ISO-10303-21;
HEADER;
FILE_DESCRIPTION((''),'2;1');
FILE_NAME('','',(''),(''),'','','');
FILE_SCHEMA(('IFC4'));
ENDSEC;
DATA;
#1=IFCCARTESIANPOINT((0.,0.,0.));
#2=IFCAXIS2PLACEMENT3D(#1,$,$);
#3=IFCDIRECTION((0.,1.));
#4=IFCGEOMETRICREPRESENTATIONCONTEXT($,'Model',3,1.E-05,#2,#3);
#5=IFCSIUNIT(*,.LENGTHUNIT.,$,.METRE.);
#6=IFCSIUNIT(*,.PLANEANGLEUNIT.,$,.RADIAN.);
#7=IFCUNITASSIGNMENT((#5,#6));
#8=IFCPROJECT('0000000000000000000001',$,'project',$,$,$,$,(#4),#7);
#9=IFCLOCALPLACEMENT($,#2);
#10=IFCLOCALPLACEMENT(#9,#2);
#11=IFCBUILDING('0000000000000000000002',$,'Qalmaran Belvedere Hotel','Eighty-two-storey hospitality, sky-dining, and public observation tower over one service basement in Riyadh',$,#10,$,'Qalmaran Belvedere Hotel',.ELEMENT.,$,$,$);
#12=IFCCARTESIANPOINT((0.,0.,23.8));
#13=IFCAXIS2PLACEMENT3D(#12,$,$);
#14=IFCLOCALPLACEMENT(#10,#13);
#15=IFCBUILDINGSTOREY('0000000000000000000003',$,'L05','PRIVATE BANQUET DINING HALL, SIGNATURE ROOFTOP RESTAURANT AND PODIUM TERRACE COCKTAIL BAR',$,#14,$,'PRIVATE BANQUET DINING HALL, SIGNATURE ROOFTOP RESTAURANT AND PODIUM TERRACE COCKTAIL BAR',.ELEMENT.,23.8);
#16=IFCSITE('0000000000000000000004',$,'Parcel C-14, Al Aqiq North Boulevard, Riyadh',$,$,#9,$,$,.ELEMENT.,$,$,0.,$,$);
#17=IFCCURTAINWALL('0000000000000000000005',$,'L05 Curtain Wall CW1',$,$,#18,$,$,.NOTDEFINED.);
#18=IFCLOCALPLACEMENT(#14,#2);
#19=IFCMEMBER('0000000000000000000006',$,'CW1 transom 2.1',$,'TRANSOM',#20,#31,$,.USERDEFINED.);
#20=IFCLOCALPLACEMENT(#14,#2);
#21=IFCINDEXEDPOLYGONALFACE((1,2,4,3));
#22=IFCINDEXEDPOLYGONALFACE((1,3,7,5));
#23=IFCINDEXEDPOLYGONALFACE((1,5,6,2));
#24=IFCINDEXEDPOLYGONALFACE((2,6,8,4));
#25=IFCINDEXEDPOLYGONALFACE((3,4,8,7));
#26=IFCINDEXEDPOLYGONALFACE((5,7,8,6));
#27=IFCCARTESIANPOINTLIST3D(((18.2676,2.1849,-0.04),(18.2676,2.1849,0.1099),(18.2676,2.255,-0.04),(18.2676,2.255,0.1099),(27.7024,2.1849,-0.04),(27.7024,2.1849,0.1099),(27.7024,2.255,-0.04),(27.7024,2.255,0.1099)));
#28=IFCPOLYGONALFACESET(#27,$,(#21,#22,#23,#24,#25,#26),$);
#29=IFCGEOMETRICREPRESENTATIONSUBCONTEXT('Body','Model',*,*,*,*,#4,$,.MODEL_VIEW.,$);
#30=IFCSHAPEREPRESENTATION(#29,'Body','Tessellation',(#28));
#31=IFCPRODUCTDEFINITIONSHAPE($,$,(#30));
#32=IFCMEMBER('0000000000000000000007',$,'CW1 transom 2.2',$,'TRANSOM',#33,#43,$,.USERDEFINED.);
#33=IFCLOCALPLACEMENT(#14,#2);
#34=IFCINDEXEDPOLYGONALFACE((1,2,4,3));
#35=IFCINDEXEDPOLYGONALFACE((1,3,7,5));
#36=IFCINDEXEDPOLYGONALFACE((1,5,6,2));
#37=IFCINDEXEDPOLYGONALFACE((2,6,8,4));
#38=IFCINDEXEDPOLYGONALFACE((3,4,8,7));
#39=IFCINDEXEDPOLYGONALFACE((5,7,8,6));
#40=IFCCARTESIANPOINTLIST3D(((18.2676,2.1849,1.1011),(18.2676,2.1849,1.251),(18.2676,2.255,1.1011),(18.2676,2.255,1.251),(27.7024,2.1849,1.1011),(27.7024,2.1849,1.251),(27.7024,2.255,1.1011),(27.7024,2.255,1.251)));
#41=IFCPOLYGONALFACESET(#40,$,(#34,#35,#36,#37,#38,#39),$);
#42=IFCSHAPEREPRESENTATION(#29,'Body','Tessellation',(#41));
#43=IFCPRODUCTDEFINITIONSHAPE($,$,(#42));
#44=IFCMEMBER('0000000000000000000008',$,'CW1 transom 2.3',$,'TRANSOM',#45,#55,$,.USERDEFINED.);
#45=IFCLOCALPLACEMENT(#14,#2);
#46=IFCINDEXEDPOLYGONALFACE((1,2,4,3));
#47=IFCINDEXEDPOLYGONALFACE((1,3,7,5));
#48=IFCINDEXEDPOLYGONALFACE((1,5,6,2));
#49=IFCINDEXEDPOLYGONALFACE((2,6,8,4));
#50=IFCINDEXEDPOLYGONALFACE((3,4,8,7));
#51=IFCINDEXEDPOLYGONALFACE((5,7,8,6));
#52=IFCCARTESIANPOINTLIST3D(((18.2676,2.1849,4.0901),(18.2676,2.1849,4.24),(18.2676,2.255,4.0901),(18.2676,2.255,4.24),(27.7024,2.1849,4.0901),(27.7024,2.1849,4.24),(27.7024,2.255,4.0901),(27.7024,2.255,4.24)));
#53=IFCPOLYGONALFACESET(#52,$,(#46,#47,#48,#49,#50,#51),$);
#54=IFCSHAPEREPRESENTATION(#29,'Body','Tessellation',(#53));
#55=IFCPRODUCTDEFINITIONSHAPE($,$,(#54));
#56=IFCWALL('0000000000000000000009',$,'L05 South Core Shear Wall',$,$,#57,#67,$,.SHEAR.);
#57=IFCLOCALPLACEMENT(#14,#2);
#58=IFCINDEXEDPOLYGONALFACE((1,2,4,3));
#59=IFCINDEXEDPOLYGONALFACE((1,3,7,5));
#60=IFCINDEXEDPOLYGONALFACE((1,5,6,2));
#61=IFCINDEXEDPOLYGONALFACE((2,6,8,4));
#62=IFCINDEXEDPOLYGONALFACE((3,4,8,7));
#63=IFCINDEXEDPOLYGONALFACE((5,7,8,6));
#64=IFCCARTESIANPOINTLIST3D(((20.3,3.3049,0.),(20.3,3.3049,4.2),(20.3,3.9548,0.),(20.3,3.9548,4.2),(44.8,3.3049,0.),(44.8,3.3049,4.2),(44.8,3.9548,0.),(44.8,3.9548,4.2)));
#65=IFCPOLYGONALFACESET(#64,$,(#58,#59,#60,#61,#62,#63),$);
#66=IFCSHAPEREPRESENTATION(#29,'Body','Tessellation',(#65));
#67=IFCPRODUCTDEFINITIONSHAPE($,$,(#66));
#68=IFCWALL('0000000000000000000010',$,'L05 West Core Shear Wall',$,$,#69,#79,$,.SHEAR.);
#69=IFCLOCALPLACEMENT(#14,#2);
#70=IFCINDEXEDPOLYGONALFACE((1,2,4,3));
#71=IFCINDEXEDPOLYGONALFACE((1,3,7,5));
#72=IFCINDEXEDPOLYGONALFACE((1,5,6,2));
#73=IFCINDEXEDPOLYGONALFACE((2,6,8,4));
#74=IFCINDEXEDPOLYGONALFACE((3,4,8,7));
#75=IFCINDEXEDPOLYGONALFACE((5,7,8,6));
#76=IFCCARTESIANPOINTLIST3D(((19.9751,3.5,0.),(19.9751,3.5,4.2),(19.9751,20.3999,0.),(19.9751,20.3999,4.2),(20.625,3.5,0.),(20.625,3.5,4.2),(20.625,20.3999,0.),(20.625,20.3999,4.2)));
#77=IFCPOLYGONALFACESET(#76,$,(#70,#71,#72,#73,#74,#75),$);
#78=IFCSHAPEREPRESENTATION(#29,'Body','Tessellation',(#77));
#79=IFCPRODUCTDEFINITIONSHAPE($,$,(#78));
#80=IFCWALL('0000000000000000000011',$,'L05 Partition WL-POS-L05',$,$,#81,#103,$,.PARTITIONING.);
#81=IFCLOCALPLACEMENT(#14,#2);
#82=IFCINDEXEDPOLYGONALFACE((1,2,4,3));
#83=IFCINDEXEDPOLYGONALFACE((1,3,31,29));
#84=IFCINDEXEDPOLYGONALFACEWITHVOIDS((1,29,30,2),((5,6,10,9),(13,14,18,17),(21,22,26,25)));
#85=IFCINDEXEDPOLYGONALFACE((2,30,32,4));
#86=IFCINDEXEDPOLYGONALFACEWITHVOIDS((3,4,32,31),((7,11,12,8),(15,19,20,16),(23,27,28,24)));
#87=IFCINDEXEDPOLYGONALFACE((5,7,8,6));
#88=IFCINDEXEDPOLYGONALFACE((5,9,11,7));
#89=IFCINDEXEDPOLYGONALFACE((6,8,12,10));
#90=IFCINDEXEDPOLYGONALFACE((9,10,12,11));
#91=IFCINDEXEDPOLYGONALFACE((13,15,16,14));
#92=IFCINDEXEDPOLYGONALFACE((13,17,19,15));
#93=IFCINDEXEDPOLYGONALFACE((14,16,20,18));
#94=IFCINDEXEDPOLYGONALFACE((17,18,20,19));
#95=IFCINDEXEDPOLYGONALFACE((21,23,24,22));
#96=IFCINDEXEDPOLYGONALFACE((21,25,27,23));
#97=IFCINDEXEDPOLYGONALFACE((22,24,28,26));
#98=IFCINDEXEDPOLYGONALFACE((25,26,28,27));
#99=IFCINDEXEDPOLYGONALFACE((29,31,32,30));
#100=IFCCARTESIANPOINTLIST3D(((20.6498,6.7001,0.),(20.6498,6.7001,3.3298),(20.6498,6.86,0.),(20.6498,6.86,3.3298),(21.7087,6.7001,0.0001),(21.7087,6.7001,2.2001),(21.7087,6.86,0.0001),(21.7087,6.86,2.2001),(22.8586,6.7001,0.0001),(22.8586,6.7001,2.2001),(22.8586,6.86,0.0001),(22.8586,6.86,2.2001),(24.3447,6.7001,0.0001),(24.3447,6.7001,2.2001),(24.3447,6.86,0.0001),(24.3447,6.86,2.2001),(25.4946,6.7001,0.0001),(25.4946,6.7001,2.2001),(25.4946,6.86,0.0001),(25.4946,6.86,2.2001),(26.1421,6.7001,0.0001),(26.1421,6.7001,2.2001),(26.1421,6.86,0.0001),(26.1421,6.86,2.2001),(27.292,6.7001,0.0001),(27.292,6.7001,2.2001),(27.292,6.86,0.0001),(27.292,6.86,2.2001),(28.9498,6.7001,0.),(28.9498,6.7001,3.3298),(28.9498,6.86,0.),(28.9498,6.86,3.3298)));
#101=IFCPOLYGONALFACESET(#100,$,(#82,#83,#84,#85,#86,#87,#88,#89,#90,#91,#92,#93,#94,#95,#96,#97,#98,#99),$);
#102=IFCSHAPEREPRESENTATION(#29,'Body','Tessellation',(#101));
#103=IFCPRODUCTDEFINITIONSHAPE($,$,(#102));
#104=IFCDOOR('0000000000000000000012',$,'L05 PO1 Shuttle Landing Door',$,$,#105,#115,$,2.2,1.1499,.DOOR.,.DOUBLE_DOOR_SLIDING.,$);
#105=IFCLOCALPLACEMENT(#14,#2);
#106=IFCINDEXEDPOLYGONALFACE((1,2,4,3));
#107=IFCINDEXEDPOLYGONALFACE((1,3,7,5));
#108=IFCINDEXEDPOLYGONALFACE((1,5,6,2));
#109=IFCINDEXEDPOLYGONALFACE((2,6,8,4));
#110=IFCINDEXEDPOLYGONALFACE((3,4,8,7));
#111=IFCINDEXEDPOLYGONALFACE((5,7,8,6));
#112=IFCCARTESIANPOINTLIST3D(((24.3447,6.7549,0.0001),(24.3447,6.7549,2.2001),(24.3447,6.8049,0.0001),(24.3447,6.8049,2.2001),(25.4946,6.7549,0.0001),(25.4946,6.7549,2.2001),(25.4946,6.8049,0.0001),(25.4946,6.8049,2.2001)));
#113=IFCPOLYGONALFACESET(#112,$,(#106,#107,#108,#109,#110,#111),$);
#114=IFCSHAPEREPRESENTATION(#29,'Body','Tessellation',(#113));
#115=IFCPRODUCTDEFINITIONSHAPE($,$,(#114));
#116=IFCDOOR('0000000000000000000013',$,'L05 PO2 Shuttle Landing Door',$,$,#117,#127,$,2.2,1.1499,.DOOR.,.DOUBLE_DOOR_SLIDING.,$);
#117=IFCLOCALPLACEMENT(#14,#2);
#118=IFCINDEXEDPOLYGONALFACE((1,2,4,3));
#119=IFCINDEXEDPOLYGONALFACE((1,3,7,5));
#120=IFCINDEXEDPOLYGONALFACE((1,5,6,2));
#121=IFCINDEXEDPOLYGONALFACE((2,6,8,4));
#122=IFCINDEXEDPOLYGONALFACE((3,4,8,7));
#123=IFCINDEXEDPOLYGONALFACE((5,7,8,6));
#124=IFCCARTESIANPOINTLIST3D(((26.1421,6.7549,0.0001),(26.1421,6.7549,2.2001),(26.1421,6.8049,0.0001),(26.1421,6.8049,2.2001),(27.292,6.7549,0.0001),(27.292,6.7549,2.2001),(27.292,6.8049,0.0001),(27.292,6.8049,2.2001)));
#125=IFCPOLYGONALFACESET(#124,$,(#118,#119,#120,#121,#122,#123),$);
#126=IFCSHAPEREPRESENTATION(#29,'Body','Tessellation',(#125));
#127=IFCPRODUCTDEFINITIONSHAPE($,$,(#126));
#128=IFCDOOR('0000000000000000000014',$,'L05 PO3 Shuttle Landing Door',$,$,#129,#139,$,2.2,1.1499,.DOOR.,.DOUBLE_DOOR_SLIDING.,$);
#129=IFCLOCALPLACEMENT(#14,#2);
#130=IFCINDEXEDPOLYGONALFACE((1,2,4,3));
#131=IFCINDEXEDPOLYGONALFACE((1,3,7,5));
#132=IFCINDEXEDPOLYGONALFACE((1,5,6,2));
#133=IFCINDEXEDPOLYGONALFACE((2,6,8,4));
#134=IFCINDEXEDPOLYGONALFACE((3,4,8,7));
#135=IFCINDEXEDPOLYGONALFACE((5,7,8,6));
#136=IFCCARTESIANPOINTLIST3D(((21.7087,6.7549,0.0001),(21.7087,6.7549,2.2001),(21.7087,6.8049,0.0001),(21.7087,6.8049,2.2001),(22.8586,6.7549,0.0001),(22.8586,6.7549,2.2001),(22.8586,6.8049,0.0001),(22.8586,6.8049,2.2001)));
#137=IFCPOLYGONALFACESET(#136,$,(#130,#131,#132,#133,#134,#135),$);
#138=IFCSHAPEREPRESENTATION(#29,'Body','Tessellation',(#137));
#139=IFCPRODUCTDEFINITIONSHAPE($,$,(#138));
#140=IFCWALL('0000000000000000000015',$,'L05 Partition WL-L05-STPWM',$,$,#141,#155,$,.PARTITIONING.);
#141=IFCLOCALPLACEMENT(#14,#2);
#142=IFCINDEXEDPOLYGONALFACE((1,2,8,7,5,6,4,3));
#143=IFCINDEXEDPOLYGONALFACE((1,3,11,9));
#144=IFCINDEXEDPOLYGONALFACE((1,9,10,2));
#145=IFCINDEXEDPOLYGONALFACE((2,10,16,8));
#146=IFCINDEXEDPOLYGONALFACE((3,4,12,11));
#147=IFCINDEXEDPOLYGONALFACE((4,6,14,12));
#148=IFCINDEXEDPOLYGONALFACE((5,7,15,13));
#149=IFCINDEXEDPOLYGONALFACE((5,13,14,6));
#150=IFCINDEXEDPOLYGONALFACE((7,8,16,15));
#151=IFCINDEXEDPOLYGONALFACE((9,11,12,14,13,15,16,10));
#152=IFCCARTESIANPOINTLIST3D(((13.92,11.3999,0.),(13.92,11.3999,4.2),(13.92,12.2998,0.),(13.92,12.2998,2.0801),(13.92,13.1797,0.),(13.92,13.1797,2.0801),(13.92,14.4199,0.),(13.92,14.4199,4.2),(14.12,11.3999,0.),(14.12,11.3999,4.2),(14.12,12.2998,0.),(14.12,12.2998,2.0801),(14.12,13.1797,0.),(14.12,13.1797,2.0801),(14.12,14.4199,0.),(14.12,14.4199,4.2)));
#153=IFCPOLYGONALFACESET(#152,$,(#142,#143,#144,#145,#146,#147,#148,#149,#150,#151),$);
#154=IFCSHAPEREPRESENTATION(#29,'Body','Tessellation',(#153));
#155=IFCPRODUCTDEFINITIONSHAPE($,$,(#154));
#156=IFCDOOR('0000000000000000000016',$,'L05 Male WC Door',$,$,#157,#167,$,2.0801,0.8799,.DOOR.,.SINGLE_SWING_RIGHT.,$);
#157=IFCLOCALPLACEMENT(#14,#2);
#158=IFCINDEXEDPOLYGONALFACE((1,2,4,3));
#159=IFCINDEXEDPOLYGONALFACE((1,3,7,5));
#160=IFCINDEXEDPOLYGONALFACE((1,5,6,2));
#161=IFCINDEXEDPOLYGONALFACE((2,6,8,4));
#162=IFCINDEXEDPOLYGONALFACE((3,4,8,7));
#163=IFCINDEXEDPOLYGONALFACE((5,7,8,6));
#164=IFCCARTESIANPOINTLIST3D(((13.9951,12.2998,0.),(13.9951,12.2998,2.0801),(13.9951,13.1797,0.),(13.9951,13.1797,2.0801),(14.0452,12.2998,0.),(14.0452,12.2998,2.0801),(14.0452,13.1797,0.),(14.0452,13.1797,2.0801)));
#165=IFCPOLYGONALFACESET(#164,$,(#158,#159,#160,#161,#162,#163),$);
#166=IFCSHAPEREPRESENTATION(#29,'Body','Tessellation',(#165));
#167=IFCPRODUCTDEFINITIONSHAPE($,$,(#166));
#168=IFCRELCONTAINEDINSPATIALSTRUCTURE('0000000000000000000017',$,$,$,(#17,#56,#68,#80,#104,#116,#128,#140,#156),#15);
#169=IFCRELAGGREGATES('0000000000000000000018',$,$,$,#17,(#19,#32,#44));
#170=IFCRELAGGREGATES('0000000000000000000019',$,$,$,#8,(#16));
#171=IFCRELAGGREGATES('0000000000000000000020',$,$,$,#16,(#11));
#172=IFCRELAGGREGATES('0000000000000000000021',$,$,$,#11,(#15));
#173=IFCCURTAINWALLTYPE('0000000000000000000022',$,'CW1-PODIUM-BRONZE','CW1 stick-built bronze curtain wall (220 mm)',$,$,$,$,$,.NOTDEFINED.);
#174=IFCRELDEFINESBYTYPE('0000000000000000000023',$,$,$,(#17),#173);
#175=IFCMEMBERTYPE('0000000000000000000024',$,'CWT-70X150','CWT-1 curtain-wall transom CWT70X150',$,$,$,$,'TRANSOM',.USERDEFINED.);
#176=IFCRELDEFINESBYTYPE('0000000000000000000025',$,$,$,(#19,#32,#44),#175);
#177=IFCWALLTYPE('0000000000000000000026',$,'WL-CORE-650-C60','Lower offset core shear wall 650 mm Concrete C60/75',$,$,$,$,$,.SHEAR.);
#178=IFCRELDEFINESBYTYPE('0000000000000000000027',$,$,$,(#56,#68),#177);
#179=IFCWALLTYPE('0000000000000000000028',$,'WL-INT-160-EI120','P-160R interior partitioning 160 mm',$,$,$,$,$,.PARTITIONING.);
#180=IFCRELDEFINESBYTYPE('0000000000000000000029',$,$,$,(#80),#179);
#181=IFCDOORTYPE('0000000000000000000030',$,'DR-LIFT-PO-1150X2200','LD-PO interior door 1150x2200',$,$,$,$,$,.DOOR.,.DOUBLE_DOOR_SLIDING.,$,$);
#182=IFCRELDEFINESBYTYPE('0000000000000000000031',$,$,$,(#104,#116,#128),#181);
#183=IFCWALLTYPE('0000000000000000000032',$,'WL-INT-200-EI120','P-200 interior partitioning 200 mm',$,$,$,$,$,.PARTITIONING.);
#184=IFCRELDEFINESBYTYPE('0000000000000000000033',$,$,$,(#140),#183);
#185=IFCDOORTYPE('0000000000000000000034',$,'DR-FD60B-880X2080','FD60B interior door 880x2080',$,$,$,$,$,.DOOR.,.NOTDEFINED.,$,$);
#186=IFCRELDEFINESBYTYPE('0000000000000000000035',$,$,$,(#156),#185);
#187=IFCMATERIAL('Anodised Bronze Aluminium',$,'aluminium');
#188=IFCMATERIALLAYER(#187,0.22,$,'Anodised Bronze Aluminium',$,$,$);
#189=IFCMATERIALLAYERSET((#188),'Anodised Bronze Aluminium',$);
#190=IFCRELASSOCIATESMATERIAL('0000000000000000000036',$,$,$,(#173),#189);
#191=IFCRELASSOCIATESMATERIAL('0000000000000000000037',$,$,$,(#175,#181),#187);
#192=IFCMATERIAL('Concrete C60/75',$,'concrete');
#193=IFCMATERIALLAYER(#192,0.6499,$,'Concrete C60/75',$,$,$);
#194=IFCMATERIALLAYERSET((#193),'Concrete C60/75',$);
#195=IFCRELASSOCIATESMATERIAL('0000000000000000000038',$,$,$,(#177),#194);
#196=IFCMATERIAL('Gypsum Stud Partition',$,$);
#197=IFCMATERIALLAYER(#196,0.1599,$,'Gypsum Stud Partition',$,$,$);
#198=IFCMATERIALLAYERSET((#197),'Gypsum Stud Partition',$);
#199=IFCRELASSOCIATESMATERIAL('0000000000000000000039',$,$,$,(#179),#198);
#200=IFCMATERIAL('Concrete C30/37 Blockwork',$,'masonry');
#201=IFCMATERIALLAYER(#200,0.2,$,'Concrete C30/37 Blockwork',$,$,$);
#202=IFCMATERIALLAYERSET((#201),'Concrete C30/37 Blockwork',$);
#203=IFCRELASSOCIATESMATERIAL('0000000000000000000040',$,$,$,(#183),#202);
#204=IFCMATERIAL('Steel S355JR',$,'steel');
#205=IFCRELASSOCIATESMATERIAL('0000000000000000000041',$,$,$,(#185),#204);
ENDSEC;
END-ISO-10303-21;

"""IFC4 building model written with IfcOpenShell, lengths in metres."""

from ifc_helpers import new_model, si_unit, direction, frame, frame_2d, origin, origin_2d, place, context, subcontext, project, spatial, rectangle, extrude, material, layer, layer_set, material_profile, profile_set, type_object, element, fill, aggregate, save


model = new_model("IFC4")

# Units and contexts
model_context = context("Model", 3, precision=1e-05, world=origin(), true_north=direction((0.0, 1.0)))
body_context = subcontext(model_context, "Body", "Model", "MODEL_VIEW")
ifc_project = project(units=[si_unit("LENGTHUNIT", "METRE"), si_unit("PLANEANGLEUNIT", "RADIAN")], contexts=[model_context])

# Site, building, storey
site_placement = place(None, origin())
site = spatial("IfcSite", under=ifc_project, at=site_placement, Name="Parcel C-14, Al Aqiq North Boulevard, Riyadh", CompositionType="ELEMENT", RefElevation=0.0)
building_placement = place(site_placement, origin())
building = spatial("IfcBuilding", under=site, at=building_placement, Name="Qalmaran Belvedere Hotel", Description="Eighty-two-storey hospitality, sky-dining, and public observation tower over one service basement in Riyadh", LongName="Qalmaran Belvedere Hotel", CompositionType="ELEMENT")
storey_placement = place(building_placement, frame((0.0, 0.0, 23.8)))
storey = spatial("IfcBuildingStorey", under=building, at=storey_placement, Name="L05", Description="PRIVATE BANQUET DINING HALL, SIGNATURE ROOFTOP RESTAURANT AND PODIUM TERRACE COCKTAIL BAR", LongName="PRIVATE BANQUET DINING HALL, SIGNATURE ROOFTOP RESTAURANT AND PODIUM TERRACE COCKTAIL BAR", CompositionType="ELEMENT", Elevation=23.8)

# Shared definitions
ifc_material_1 = material(Name="Concrete C60/75", Category="concrete")

# Shared definitions
ifc_material_2 = material(Name="Steel S355JR", Category="steel")

# Curtain wall, members
ifc_material_3 = material(Name="Anodised Bronze Aluminium", Category="aluminium")
ifc_layer_1 = layer(ifc_material_3, 0.22, Name="Anodised Bronze Aluminium")
ifc_layer_set_1 = layer_set([ifc_layer_1], Name="Anodised Bronze Aluminium")
curtain_wall_type = type_object("IfcCurtainWallType", Name="CW1-PODIUM-BRONZE", Description="CW1 stick-built bronze curtain wall (220 mm)", PredefinedType="NOTDEFINED", material=ifc_layer_set_1)
curtain_wall_placement = place(storey_placement, origin())
curtain_wall = element("IfcCurtainWall", 1, at=curtain_wall_placement, inside=storey, type_object=curtain_wall_type, Name="L05 Curtain Wall CW1", PredefinedType="NOTDEFINED")
ifc_material_profile_1 = material_profile(ifc_material_3, rectangle(XDim=0.0701, YDim=0.1499, at=origin_2d()), Name="CWT70X150")
ifc_profile_set_1 = profile_set([ifc_material_profile_1], Name="Anodised Bronze Aluminium")
member_type_1 = type_object("IfcMemberType", Name="CWT-70X150", Description="CWT-1 curtain-wall transom CWT70X150", ElementType="TRANSOM", PredefinedType="USERDEFINED", material=ifc_profile_set_1)
member_1_placement = place(storey_placement, frame((18.2676, 2.22, 0.0349), z_axis=(1.0, 0.0, 0.0), x_axis=(0.0, 1.0, 0.0)))
member_1 = element("IfcMember", 2, at=member_1_placement, type_object=member_type_1, Name="CW1 transom 2.1", ObjectType="TRANSOM", PredefinedType="USERDEFINED", context=body_context, shape_type="SweptSolid", body=[
    extrude(rectangle(XDim=0.0701, YDim=0.1499, at=origin_2d()), origin(), (0.0, 0.0, 1.0), 9.4348),
])
member_2_placement = place(storey_placement, frame((18.2676, 2.22, 1.176), z_axis=(1.0, 0.0, 0.0), x_axis=(0.0, 1.0, 0.0)))
member_2 = element("IfcMember", 3, at=member_2_placement, type_object=member_type_1, Name="CW1 transom 2.2", ObjectType="TRANSOM", PredefinedType="USERDEFINED", context=body_context, shape_type="SweptSolid", body=[
    extrude(rectangle(XDim=0.0701, YDim=0.1499, at=origin_2d()), origin(), (0.0, 0.0, 1.0), 9.4348),
])
member_3_placement = place(storey_placement, frame((18.2676, 2.22, 4.165), z_axis=(1.0, 0.0, 0.0), x_axis=(0.0, 1.0, 0.0)))
member_3 = element("IfcMember", 4, at=member_3_placement, type_object=member_type_1, Name="CW1 transom 2.3", ObjectType="TRANSOM", PredefinedType="USERDEFINED", context=body_context, shape_type="SweptSolid", body=[
    extrude(rectangle(XDim=0.0701, YDim=0.1499, at=origin_2d()), origin(), (0.0, 0.0, 1.0), 9.4348),
])
aggregate(curtain_wall, [member_1, member_2, member_3])

# Walls
ifc_layer_2 = layer(ifc_material_1, 0.6499, Name="Concrete C60/75")
ifc_layer_set_2 = layer_set([ifc_layer_2], Name="Concrete C60/75")
wall_type_1 = type_object("IfcWallType", Name="WL-CORE-650-C60", Description="Lower offset core shear wall 650 mm Concrete C60/75", PredefinedType="SHEAR", material=ifc_layer_set_2)
wall_1_placement = place(storey_placement, frame((20.3, 3.6299, 0.0), z_axis=(0.0, 0.0, 1.0), x_axis=(1.0, 0.0, 0.0)))
element("IfcWall", 5, at=wall_1_placement, inside=storey, type_object=wall_type_1, Name="L05 South Core Shear Wall", PredefinedType="SHEAR", context=body_context, shape_type="SweptSolid", body=[
    extrude(rectangle(XDim=24.5, YDim=0.6499, at=frame_2d((12.25, 0.0))), origin(), (0.0, 0.0, 1.0), 4.2),
])
wall_2_placement = place(storey_placement, frame((20.3, 3.5, 0.0), z_axis=(0.0, 0.0, 1.0), x_axis=(0.0, 1.0, 0.0)))
element("IfcWall", 6, at=wall_2_placement, inside=storey, type_object=wall_type_1, Name="L05 West Core Shear Wall", PredefinedType="SHEAR", context=body_context, shape_type="SweptSolid", body=[
    extrude(rectangle(XDim=16.8999, YDim=0.6499, at=frame_2d((8.45, 0.0))), origin(), (0.0, 0.0, 1.0), 4.2),
])

# Wall, openings, doors
ifc_material_4 = material(Name="Gypsum Stud Partition")
ifc_layer_3 = layer(ifc_material_4, 0.1599, Name="Gypsum Stud Partition")
ifc_layer_set_3 = layer_set([ifc_layer_3], Name="Gypsum Stud Partition")
wall_type_2 = type_object("IfcWallType", Name="WL-INT-160-EI120", Description="P-160R interior partitioning 160 mm", PredefinedType="PARTITIONING", material=ifc_layer_set_3)
wall_3_placement = place(storey_placement, frame((20.6499, 6.78, 0.0), z_axis=(0.0, 0.0, 1.0), x_axis=(1.0, 0.0, 0.0)))
wall_3 = element("IfcWall", 7, at=wall_3_placement, inside=storey, type_object=wall_type_2, Name="L05 Partition WL-POS-L05", PredefinedType="PARTITIONING", context=body_context, shape_type="SweptSolid", body=[
    extrude(rectangle(XDim=8.3, YDim=0.1599, at=frame_2d((4.1499, 0.0))), origin(), (0.0, 0.0, 1.0), 3.3298),
])
opening_1_placement = place(wall_3_placement, frame((3.6948, 0.0, 0.0)))
opening_1 = element("IfcOpeningElement", 8, at=opening_1_placement, cuts=wall_3, PredefinedType="OPENING", context=body_context, shape_type="SweptSolid", body=[
    extrude(rectangle(XDim=1.1499, YDim=2.2, at=frame_2d((0.575, 1.1001))), frame((0.0, 0.0898, 0.0), z_axis=(0.0, -1.0, 0.0), x_axis=(1.0, 0.0, 0.0)), (0.0, 0.0, 1.0), 0.1799),
])
opening_2_placement = place(wall_3_placement, frame((5.4922, 0.0, 0.0)))
opening_2 = element("IfcOpeningElement", 9, at=opening_2_placement, cuts=wall_3, PredefinedType="OPENING", context=body_context, shape_type="SweptSolid", body=[
    extrude(rectangle(XDim=1.1499, YDim=2.2, at=frame_2d((0.575, 1.1001))), frame((0.0, 0.0898, 0.0), z_axis=(0.0, -1.0, 0.0), x_axis=(1.0, 0.0, 0.0)), (0.0, 0.0, 1.0), 0.1799),
])
opening_3_placement = place(wall_3_placement, frame((1.0588, 0.0, 0.0)))
opening_3 = element("IfcOpeningElement", 10, at=opening_3_placement, cuts=wall_3, PredefinedType="OPENING", context=body_context, shape_type="SweptSolid", body=[
    extrude(rectangle(XDim=1.1499, YDim=2.2, at=frame_2d((0.575, 1.1001))), frame((0.0, 0.0898, 0.0), z_axis=(0.0, -1.0, 0.0), x_axis=(1.0, 0.0, 0.0)), (0.0, 0.0, 1.0), 0.1799),
])
door_type_1 = type_object("IfcDoorType", Name="DR-LIFT-PO-1150X2200", Description="LD-PO interior door 1150x2200", OperationType="DOUBLE_DOOR_SLIDING", PredefinedType="DOOR", material=ifc_material_3)
door_1_placement = place(opening_1_placement, origin())
door_1 = element("IfcDoor", 11, at=door_1_placement, inside=storey, type_object=door_type_1, Name="L05 PO1 Shuttle Landing Door", OperationType="DOUBLE_DOOR_SLIDING", OverallHeight=2.2, OverallWidth=1.1499, PredefinedType="DOOR", context=body_context, shape_type="SweptSolid", body=[
    extrude(rectangle(XDim=1.1499, YDim=2.2, at=frame_2d((0.575, 1.1001))), frame((0.0, 0.0249, 0.0), z_axis=(0.0, -1.0, 0.0), x_axis=(1.0, 0.0, 0.0)), (0.0, 0.0, 1.0), 0.05),
])
fill(opening_1, door_1)
door_2_placement = place(opening_2_placement, origin())
door_2 = element("IfcDoor", 12, at=door_2_placement, inside=storey, type_object=door_type_1, Name="L05 PO2 Shuttle Landing Door", OperationType="DOUBLE_DOOR_SLIDING", OverallHeight=2.2, OverallWidth=1.1499, PredefinedType="DOOR", context=body_context, shape_type="SweptSolid", body=[
    extrude(rectangle(XDim=1.1499, YDim=2.2, at=frame_2d((0.575, 1.1001))), frame((0.0, 0.0249, 0.0), z_axis=(0.0, -1.0, 0.0), x_axis=(1.0, 0.0, 0.0)), (0.0, 0.0, 1.0), 0.05),
])
fill(opening_2, door_2)
door_3_placement = place(opening_3_placement, origin())
door_3 = element("IfcDoor", 13, at=door_3_placement, inside=storey, type_object=door_type_1, Name="L05 PO3 Shuttle Landing Door", OperationType="DOUBLE_DOOR_SLIDING", OverallHeight=2.2, OverallWidth=1.1499, PredefinedType="DOOR", context=body_context, shape_type="SweptSolid", body=[
    extrude(rectangle(XDim=1.1499, YDim=2.2, at=frame_2d((0.575, 1.1001))), frame((0.0, 0.0249, 0.0), z_axis=(0.0, -1.0, 0.0), x_axis=(1.0, 0.0, 0.0)), (0.0, 0.0, 1.0), 0.05),
])
fill(opening_3, door_3)

# Wall, opening, door
ifc_material_5 = material(Name="Concrete C30/37 Blockwork", Category="masonry")
ifc_layer_4 = layer(ifc_material_5, 0.2, Name="Concrete C30/37 Blockwork")
ifc_layer_set_4 = layer_set([ifc_layer_4], Name="Concrete C30/37 Blockwork")
wall_type_3 = type_object("IfcWallType", Name="WL-INT-200-EI120", Description="P-200 interior partitioning 200 mm", PredefinedType="PARTITIONING", material=ifc_layer_set_4)
wall_4_placement = place(storey_placement, frame((14.02, 11.3999, 0.0), z_axis=(0.0, 0.0, 1.0), x_axis=(0.0, 1.0, 0.0)))
wall_4 = element("IfcWall", 14, at=wall_4_placement, inside=storey, type_object=wall_type_3, Name="L05 Partition WL-L05-STPWM", PredefinedType="PARTITIONING", context=body_context, shape_type="SweptSolid", body=[
    extrude(rectangle(XDim=3.02, YDim=0.2, at=frame_2d((1.51, 0.0))), origin(), (0.0, 0.0, 1.0), 4.2),
])
opening_4_placement = place(wall_4_placement, frame((0.8999, 0.0, 0.0)))
opening_4 = element("IfcOpeningElement", 15, at=opening_4_placement, cuts=wall_4, PredefinedType="OPENING", context=body_context, shape_type="SweptSolid", body=[
    extrude(rectangle(XDim=0.8799, YDim=2.0801, at=frame_2d((0.4399, 1.04))), frame((0.0, 0.1099, 0.0), z_axis=(0.0, -1.0, 0.0), x_axis=(1.0, 0.0, 0.0)), (0.0, 0.0, 1.0), 0.22),
])
door_type_2 = type_object("IfcDoorType", Name="DR-FD60B-880X2080", Description="FD60B interior door 880x2080", OperationType="NOTDEFINED", PredefinedType="DOOR", material=ifc_material_2)
door_4_placement = place(opening_4_placement, origin())
door_4 = element("IfcDoor", 16, at=door_4_placement, inside=storey, type_object=door_type_2, Name="L05 Male WC Door", OperationType="SINGLE_SWING_RIGHT", OverallHeight=2.0801, OverallWidth=0.8799, PredefinedType="DOOR", context=body_context, shape_type="SweptSolid", body=[
    extrude(rectangle(XDim=0.8799, YDim=2.0801, at=frame_2d((0.4399, 1.04))), frame((0.0, 0.0249, 0.0), z_axis=(0.0, -1.0, 0.0), x_axis=(1.0, 0.0, 0.0)), (0.0, 0.0, 1.0), 0.05),
])
fill(opening_4, door_4)

save(model, "model.ifc")
